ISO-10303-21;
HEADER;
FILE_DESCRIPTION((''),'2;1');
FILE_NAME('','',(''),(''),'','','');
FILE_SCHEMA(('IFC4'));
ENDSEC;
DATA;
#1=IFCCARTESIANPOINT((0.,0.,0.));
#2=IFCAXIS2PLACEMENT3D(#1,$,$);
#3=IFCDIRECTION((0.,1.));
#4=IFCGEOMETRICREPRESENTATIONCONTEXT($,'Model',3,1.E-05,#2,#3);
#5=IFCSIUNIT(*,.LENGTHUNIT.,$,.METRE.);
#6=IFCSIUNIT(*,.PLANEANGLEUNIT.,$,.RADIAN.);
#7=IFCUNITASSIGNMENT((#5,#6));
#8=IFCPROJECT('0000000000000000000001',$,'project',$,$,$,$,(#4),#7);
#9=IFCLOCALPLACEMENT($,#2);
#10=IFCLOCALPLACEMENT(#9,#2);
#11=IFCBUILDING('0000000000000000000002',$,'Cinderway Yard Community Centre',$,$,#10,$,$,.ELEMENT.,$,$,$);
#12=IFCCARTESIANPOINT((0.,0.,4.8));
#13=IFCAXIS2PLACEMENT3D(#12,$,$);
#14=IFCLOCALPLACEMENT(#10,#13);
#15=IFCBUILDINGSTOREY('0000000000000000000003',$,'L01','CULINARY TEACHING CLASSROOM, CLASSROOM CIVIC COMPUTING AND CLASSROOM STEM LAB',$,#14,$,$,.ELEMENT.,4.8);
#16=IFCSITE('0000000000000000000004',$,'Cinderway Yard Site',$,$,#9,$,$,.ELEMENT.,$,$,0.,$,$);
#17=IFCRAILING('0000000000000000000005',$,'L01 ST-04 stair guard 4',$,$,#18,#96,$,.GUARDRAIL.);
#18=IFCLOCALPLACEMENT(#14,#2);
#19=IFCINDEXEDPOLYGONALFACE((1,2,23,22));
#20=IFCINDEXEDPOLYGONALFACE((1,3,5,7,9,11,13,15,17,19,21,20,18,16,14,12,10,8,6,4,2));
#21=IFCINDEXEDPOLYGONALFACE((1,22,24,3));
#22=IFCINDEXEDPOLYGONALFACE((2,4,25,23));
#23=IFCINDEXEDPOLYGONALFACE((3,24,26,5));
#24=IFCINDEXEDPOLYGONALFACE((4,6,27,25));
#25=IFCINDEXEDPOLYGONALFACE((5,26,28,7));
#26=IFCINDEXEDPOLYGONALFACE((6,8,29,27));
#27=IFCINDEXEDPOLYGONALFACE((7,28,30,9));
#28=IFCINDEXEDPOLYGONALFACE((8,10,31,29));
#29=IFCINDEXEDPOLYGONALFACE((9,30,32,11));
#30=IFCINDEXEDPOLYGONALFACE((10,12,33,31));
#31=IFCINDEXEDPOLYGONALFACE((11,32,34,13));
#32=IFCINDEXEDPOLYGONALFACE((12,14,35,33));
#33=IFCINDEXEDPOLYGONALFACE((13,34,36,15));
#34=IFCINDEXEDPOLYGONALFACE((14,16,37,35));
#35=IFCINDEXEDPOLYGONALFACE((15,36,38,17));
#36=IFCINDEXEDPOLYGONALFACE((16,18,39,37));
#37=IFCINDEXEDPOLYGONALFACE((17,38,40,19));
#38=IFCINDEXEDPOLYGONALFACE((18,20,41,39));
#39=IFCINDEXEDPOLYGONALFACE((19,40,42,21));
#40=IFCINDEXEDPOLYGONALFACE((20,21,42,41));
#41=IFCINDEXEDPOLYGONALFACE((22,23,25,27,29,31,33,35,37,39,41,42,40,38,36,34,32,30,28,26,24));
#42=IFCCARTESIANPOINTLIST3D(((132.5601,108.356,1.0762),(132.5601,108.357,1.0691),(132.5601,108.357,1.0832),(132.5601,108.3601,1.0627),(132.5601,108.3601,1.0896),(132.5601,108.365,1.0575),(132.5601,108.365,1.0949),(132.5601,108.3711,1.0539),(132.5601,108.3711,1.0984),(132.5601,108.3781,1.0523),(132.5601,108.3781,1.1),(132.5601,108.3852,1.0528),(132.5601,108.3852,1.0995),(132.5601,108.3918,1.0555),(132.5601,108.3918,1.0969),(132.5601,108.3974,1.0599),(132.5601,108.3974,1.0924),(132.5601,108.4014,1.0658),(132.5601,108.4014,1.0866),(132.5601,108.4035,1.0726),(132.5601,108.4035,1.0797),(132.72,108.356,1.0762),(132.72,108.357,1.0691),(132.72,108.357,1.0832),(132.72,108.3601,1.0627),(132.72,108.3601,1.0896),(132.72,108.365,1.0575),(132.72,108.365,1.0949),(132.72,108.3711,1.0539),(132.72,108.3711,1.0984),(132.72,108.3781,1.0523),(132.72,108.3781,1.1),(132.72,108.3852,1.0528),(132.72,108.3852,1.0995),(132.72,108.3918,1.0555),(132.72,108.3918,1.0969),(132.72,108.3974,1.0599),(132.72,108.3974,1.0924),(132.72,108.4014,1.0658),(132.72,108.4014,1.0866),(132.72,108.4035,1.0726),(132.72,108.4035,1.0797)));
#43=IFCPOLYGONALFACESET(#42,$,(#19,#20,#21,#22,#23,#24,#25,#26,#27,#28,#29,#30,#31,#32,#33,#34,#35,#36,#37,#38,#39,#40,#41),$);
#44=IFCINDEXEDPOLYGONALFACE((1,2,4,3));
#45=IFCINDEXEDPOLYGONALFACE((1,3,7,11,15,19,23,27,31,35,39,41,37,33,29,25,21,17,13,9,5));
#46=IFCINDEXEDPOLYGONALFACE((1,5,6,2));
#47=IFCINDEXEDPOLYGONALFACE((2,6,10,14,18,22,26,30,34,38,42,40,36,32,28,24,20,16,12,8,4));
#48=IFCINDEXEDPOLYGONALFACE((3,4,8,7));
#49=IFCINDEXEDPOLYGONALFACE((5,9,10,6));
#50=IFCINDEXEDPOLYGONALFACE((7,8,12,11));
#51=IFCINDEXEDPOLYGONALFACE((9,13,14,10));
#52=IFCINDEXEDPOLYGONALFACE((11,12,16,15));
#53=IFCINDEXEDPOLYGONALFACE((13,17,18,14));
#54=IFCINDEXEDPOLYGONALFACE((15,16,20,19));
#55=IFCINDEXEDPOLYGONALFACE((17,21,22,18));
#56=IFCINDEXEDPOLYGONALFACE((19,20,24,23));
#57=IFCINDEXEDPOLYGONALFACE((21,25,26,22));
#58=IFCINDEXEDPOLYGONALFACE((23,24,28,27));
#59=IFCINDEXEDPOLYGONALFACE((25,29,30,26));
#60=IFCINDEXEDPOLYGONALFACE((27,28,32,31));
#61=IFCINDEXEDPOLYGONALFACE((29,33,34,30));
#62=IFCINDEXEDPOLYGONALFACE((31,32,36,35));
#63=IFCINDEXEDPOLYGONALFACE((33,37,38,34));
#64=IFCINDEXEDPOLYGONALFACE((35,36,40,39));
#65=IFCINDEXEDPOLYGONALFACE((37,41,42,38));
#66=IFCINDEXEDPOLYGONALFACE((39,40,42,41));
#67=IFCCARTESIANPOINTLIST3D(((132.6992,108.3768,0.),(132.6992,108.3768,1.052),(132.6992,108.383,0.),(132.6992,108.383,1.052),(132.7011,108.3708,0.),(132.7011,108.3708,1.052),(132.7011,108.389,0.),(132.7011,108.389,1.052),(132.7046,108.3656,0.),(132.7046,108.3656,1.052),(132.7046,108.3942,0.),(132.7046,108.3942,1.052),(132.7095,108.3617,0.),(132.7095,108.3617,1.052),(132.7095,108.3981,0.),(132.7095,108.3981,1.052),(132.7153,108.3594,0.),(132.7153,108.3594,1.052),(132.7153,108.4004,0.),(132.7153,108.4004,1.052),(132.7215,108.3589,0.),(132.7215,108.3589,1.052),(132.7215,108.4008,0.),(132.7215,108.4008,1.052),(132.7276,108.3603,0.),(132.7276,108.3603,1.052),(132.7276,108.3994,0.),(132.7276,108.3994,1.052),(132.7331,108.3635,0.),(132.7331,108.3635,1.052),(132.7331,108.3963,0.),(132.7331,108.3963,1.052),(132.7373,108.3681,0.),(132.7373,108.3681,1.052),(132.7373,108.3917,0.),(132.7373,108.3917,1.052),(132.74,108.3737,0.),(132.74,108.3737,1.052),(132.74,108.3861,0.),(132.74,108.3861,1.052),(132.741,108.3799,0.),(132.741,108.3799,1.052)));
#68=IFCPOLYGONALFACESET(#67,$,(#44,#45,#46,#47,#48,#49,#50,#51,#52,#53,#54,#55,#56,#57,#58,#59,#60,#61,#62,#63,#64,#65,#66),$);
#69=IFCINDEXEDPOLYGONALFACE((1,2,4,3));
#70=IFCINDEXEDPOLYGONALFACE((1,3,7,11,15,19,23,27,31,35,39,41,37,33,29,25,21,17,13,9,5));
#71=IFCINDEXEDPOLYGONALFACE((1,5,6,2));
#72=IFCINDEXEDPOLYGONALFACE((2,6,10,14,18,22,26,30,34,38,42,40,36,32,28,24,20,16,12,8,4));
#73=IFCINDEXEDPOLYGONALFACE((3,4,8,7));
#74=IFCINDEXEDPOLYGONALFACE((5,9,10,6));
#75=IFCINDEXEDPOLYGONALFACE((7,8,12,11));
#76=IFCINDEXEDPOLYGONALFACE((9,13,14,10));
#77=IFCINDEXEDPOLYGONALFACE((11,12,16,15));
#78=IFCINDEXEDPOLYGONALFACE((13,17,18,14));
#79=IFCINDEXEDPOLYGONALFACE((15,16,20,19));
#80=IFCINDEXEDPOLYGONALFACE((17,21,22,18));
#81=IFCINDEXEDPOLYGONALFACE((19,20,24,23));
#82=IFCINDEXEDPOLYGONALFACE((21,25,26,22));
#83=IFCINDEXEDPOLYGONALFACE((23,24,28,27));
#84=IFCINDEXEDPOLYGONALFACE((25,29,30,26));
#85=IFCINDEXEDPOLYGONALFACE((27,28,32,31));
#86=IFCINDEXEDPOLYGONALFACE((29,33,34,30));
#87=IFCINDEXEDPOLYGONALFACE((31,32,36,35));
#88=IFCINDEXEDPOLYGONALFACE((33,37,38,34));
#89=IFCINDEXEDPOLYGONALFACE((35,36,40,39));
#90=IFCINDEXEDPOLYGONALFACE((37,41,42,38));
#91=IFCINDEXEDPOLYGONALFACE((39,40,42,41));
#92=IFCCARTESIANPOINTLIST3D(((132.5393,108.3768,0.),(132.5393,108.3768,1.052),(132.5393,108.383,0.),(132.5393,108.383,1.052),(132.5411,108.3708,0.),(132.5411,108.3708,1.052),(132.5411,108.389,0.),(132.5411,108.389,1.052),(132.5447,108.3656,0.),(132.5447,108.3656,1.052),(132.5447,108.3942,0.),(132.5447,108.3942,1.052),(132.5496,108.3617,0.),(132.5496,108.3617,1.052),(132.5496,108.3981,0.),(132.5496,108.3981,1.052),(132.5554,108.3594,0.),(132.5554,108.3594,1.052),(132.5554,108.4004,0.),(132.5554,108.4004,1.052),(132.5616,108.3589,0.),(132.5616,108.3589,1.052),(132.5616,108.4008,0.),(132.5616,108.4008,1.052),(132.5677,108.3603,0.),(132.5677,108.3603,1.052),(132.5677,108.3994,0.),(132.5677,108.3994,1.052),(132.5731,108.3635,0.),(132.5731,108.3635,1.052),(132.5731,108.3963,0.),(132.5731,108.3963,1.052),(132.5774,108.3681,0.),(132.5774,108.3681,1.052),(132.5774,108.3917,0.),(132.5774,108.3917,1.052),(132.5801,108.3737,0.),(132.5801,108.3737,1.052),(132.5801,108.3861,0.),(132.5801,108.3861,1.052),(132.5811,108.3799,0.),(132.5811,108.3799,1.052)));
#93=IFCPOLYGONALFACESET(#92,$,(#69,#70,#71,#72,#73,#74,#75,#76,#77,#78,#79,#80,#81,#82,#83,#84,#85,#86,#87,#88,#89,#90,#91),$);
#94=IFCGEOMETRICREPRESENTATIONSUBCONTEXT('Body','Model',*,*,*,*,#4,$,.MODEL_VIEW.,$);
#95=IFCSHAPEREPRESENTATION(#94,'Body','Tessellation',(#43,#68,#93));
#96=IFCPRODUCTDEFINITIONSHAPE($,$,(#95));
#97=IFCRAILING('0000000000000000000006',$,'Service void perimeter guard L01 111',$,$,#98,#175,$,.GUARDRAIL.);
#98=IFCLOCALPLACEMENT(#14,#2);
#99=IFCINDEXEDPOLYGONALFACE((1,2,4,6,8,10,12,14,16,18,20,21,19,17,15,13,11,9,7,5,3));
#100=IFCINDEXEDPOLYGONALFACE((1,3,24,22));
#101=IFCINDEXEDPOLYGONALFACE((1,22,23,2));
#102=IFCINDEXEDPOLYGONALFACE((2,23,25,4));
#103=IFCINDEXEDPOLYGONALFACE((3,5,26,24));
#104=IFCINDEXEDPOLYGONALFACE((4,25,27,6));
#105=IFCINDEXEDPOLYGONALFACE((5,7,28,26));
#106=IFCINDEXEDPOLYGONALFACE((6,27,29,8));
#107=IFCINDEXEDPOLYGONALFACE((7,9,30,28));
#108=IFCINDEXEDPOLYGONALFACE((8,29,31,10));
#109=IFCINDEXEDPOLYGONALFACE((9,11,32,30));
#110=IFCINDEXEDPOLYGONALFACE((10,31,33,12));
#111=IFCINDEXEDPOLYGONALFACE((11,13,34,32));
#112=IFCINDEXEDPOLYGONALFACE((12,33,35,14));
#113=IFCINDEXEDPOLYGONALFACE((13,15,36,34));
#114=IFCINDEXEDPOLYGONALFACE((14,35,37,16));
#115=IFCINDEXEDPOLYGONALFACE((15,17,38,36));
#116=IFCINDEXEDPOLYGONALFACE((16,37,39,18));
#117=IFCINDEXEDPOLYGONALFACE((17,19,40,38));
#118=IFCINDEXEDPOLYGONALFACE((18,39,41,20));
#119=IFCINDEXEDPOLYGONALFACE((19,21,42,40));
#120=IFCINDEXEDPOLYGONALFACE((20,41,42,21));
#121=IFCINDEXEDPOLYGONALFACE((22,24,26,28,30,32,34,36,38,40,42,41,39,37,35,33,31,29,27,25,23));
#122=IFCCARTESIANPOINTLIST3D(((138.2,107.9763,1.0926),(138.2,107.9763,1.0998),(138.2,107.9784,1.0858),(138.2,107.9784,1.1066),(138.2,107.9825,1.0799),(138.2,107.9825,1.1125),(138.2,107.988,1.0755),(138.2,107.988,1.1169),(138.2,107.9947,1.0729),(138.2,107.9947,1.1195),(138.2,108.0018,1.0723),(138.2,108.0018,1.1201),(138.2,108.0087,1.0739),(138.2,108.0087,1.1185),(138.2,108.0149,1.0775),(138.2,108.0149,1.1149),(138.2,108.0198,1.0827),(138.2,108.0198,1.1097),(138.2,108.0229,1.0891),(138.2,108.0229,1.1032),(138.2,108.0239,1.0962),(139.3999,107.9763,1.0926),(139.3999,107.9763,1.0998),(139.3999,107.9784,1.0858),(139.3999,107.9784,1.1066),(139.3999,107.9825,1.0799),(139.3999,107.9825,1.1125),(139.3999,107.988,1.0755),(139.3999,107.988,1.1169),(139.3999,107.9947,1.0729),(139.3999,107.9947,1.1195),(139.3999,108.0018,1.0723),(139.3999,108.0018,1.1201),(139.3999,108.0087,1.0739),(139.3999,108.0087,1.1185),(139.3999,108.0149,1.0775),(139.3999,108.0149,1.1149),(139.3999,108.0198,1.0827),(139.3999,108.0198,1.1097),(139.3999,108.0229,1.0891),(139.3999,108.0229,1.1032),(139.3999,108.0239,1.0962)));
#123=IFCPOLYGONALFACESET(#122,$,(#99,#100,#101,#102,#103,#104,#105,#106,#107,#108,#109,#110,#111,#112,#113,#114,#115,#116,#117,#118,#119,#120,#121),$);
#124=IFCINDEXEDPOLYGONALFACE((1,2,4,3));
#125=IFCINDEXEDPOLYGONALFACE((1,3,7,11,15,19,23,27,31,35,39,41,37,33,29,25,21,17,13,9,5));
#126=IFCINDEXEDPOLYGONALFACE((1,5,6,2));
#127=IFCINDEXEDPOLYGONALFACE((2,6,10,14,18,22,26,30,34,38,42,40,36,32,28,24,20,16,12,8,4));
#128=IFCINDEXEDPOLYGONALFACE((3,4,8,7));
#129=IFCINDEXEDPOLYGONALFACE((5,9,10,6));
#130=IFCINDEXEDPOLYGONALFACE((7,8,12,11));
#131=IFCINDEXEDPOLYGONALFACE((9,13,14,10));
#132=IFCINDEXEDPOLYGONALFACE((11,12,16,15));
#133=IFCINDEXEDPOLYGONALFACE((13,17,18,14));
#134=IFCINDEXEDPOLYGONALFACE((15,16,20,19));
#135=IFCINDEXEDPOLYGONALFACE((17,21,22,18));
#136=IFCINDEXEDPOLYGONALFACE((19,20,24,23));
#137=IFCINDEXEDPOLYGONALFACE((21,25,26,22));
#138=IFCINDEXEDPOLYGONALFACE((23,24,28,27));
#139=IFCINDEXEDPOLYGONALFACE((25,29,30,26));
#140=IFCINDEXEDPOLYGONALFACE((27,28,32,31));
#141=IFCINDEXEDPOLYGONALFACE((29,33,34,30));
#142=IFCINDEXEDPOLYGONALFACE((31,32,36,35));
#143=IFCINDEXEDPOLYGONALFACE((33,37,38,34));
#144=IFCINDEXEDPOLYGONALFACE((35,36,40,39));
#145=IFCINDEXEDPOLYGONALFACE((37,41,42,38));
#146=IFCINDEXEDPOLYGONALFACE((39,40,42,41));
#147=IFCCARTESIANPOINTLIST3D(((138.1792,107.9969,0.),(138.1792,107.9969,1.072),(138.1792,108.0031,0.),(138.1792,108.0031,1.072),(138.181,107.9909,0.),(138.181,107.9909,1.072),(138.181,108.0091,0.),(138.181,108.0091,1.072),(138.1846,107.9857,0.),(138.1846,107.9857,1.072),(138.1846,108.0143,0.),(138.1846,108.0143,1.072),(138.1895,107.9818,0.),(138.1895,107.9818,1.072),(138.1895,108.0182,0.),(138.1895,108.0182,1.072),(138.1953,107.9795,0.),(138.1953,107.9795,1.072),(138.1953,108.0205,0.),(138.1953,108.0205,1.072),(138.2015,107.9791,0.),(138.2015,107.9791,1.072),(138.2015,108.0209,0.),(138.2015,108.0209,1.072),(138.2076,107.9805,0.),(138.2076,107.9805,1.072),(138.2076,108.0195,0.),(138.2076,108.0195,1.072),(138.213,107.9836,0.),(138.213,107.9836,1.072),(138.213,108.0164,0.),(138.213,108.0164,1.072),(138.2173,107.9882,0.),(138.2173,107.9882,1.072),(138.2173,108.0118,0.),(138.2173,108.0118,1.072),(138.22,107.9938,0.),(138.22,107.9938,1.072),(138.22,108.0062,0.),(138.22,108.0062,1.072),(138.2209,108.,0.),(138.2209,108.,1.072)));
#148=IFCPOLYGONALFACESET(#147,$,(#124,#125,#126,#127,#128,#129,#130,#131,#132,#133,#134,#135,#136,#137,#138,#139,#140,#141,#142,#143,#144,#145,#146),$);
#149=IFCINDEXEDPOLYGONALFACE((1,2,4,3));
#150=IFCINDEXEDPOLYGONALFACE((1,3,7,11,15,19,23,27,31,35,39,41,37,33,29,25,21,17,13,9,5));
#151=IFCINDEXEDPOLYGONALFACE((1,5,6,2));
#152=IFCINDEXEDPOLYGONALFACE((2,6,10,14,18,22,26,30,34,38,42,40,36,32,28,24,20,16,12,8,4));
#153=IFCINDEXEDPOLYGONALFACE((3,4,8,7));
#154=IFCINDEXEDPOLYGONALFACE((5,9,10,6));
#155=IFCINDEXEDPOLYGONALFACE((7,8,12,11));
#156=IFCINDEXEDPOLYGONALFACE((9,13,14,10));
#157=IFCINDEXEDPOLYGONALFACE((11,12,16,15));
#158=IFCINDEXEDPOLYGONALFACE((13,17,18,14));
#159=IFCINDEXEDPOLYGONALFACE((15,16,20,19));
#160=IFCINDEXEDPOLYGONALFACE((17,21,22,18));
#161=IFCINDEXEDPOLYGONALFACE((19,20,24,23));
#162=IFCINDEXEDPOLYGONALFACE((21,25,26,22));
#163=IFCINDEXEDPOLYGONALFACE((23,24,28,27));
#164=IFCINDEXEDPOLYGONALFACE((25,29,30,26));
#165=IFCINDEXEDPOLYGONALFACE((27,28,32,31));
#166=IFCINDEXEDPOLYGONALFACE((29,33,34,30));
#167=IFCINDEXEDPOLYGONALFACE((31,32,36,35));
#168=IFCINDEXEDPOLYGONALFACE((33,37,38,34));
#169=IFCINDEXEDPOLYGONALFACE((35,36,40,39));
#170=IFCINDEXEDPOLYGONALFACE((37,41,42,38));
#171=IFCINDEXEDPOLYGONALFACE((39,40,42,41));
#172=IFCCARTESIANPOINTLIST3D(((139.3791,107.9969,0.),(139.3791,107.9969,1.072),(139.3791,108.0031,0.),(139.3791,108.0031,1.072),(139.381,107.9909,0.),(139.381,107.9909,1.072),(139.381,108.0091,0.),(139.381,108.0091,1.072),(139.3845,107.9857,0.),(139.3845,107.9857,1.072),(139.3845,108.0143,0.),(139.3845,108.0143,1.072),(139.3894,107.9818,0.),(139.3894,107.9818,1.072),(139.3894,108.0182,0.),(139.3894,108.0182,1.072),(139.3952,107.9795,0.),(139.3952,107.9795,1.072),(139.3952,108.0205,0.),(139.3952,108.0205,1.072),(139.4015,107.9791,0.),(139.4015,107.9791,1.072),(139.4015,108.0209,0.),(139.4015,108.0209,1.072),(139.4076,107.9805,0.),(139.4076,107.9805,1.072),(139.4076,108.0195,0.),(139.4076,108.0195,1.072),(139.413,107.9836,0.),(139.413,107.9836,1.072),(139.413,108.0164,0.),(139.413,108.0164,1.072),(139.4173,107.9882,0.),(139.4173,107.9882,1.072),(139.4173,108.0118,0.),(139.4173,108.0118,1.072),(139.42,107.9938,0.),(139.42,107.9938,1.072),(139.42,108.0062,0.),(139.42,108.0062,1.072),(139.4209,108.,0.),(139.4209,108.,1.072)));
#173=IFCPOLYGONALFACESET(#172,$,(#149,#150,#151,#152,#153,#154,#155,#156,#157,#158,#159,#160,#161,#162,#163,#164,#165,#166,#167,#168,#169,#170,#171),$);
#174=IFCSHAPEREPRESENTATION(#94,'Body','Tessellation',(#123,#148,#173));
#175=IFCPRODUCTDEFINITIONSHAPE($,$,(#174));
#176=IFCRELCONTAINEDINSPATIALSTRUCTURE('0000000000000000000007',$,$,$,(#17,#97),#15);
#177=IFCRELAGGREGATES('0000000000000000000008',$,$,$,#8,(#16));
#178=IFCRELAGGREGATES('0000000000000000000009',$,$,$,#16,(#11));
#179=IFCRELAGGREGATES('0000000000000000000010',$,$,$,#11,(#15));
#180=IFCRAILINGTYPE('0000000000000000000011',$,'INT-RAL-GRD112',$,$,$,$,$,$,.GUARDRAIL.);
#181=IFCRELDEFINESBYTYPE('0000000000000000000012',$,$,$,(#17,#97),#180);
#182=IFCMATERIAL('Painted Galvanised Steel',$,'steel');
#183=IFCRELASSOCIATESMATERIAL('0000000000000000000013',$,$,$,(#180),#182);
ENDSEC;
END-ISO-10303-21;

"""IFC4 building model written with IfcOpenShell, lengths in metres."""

from ifc_helpers import new_model, si_unit, direction, frame, origin, origin_2d, place, context, subcontext, project, spatial, circle, extrude, material, type_object, element, save


model = new_model("IFC4")

# Units and contexts
model_context = context("Model", 3, precision=1e-05, world=origin(), true_north=direction((0.0, 1.0)))
body_context = subcontext(model_context, "Body", "Model", "MODEL_VIEW")
ifc_project = project(units=[si_unit("LENGTHUNIT", "METRE"), si_unit("PLANEANGLEUNIT", "RADIAN")], contexts=[model_context])

# Site, building, storey
site_placement = place(None, origin())
site = spatial("IfcSite", under=ifc_project, at=site_placement, Name="Cinderway Yard Site", CompositionType="ELEMENT", RefElevation=0.0)
building_placement = place(site_placement, origin())
building = spatial("IfcBuilding", under=site, at=building_placement, Name="Cinderway Yard Community Centre", CompositionType="ELEMENT")
storey_placement = place(building_placement, frame((0.0, 0.0, 4.8)))
storey = spatial("IfcBuildingStorey", under=building, at=storey_placement, Name="L01", Description="CULINARY TEACHING CLASSROOM, CLASSROOM CIVIC COMPUTING AND CLASSROOM STEM LAB", CompositionType="ELEMENT", Elevation=4.8)

# Shared definitions
ifc_material_1 = material(Name="Painted Galvanised Steel", Category="steel")

# Railings
railing_type = type_object("IfcRailingType", Name="INT-RAL-GRD112", PredefinedType="GUARDRAIL", material=ifc_material_1)
railing_1_placement = place(storey_placement, frame((132.72, 108.3799, 0.0)))
element("IfcRailing", 1, at=railing_1_placement, inside=storey, type_object=railing_type, Name="L01 ST-04 stair guard 4", PredefinedType="GUARDRAIL", context=body_context, shape_type="SweptSolid", body=[
    extrude(circle(Radius=0.0239, at=origin_2d()), frame((0.0, 0.0, 1.0762), z_axis=(-1.0, 0.0, 0.0), x_axis=(0.0, -1.0, 0.0)), (0.0, 0.0, 1.0), 0.1599),
    extrude(circle(Radius=0.021, at=origin_2d()), origin(), (0.0, 0.0, 1.0), 1.052),
    extrude(circle(Radius=0.021, at=origin_2d()), frame((-0.1599, 0.0, 0.0)), (0.0, 0.0, 1.0), 1.052),
])
railing_2_placement = place(storey_placement, frame((138.2, 108.0, 0.0)))
element("IfcRailing", 2, at=railing_2_placement, inside=storey, type_object=railing_type, Name="Service void perimeter guard L01 111", PredefinedType="GUARDRAIL", context=body_context, shape_type="SweptSolid", body=[
    extrude(circle(Radius=0.0239, at=origin_2d()), frame((0.0, 0.0, 1.0962), z_axis=(1.0, 0.0, 0.0), x_axis=(0.0, 1.0, 0.0)), (0.0, 0.0, 1.0), 1.2),
    extrude(circle(Radius=0.021, at=origin_2d()), origin(), (0.0, 0.0, 1.0), 1.072),
    extrude(circle(Radius=0.021, at=origin_2d()), frame((1.2, 0.0, 0.0)), (0.0, 0.0, 1.0), 1.072),
])

save(model, "model.ifc")
